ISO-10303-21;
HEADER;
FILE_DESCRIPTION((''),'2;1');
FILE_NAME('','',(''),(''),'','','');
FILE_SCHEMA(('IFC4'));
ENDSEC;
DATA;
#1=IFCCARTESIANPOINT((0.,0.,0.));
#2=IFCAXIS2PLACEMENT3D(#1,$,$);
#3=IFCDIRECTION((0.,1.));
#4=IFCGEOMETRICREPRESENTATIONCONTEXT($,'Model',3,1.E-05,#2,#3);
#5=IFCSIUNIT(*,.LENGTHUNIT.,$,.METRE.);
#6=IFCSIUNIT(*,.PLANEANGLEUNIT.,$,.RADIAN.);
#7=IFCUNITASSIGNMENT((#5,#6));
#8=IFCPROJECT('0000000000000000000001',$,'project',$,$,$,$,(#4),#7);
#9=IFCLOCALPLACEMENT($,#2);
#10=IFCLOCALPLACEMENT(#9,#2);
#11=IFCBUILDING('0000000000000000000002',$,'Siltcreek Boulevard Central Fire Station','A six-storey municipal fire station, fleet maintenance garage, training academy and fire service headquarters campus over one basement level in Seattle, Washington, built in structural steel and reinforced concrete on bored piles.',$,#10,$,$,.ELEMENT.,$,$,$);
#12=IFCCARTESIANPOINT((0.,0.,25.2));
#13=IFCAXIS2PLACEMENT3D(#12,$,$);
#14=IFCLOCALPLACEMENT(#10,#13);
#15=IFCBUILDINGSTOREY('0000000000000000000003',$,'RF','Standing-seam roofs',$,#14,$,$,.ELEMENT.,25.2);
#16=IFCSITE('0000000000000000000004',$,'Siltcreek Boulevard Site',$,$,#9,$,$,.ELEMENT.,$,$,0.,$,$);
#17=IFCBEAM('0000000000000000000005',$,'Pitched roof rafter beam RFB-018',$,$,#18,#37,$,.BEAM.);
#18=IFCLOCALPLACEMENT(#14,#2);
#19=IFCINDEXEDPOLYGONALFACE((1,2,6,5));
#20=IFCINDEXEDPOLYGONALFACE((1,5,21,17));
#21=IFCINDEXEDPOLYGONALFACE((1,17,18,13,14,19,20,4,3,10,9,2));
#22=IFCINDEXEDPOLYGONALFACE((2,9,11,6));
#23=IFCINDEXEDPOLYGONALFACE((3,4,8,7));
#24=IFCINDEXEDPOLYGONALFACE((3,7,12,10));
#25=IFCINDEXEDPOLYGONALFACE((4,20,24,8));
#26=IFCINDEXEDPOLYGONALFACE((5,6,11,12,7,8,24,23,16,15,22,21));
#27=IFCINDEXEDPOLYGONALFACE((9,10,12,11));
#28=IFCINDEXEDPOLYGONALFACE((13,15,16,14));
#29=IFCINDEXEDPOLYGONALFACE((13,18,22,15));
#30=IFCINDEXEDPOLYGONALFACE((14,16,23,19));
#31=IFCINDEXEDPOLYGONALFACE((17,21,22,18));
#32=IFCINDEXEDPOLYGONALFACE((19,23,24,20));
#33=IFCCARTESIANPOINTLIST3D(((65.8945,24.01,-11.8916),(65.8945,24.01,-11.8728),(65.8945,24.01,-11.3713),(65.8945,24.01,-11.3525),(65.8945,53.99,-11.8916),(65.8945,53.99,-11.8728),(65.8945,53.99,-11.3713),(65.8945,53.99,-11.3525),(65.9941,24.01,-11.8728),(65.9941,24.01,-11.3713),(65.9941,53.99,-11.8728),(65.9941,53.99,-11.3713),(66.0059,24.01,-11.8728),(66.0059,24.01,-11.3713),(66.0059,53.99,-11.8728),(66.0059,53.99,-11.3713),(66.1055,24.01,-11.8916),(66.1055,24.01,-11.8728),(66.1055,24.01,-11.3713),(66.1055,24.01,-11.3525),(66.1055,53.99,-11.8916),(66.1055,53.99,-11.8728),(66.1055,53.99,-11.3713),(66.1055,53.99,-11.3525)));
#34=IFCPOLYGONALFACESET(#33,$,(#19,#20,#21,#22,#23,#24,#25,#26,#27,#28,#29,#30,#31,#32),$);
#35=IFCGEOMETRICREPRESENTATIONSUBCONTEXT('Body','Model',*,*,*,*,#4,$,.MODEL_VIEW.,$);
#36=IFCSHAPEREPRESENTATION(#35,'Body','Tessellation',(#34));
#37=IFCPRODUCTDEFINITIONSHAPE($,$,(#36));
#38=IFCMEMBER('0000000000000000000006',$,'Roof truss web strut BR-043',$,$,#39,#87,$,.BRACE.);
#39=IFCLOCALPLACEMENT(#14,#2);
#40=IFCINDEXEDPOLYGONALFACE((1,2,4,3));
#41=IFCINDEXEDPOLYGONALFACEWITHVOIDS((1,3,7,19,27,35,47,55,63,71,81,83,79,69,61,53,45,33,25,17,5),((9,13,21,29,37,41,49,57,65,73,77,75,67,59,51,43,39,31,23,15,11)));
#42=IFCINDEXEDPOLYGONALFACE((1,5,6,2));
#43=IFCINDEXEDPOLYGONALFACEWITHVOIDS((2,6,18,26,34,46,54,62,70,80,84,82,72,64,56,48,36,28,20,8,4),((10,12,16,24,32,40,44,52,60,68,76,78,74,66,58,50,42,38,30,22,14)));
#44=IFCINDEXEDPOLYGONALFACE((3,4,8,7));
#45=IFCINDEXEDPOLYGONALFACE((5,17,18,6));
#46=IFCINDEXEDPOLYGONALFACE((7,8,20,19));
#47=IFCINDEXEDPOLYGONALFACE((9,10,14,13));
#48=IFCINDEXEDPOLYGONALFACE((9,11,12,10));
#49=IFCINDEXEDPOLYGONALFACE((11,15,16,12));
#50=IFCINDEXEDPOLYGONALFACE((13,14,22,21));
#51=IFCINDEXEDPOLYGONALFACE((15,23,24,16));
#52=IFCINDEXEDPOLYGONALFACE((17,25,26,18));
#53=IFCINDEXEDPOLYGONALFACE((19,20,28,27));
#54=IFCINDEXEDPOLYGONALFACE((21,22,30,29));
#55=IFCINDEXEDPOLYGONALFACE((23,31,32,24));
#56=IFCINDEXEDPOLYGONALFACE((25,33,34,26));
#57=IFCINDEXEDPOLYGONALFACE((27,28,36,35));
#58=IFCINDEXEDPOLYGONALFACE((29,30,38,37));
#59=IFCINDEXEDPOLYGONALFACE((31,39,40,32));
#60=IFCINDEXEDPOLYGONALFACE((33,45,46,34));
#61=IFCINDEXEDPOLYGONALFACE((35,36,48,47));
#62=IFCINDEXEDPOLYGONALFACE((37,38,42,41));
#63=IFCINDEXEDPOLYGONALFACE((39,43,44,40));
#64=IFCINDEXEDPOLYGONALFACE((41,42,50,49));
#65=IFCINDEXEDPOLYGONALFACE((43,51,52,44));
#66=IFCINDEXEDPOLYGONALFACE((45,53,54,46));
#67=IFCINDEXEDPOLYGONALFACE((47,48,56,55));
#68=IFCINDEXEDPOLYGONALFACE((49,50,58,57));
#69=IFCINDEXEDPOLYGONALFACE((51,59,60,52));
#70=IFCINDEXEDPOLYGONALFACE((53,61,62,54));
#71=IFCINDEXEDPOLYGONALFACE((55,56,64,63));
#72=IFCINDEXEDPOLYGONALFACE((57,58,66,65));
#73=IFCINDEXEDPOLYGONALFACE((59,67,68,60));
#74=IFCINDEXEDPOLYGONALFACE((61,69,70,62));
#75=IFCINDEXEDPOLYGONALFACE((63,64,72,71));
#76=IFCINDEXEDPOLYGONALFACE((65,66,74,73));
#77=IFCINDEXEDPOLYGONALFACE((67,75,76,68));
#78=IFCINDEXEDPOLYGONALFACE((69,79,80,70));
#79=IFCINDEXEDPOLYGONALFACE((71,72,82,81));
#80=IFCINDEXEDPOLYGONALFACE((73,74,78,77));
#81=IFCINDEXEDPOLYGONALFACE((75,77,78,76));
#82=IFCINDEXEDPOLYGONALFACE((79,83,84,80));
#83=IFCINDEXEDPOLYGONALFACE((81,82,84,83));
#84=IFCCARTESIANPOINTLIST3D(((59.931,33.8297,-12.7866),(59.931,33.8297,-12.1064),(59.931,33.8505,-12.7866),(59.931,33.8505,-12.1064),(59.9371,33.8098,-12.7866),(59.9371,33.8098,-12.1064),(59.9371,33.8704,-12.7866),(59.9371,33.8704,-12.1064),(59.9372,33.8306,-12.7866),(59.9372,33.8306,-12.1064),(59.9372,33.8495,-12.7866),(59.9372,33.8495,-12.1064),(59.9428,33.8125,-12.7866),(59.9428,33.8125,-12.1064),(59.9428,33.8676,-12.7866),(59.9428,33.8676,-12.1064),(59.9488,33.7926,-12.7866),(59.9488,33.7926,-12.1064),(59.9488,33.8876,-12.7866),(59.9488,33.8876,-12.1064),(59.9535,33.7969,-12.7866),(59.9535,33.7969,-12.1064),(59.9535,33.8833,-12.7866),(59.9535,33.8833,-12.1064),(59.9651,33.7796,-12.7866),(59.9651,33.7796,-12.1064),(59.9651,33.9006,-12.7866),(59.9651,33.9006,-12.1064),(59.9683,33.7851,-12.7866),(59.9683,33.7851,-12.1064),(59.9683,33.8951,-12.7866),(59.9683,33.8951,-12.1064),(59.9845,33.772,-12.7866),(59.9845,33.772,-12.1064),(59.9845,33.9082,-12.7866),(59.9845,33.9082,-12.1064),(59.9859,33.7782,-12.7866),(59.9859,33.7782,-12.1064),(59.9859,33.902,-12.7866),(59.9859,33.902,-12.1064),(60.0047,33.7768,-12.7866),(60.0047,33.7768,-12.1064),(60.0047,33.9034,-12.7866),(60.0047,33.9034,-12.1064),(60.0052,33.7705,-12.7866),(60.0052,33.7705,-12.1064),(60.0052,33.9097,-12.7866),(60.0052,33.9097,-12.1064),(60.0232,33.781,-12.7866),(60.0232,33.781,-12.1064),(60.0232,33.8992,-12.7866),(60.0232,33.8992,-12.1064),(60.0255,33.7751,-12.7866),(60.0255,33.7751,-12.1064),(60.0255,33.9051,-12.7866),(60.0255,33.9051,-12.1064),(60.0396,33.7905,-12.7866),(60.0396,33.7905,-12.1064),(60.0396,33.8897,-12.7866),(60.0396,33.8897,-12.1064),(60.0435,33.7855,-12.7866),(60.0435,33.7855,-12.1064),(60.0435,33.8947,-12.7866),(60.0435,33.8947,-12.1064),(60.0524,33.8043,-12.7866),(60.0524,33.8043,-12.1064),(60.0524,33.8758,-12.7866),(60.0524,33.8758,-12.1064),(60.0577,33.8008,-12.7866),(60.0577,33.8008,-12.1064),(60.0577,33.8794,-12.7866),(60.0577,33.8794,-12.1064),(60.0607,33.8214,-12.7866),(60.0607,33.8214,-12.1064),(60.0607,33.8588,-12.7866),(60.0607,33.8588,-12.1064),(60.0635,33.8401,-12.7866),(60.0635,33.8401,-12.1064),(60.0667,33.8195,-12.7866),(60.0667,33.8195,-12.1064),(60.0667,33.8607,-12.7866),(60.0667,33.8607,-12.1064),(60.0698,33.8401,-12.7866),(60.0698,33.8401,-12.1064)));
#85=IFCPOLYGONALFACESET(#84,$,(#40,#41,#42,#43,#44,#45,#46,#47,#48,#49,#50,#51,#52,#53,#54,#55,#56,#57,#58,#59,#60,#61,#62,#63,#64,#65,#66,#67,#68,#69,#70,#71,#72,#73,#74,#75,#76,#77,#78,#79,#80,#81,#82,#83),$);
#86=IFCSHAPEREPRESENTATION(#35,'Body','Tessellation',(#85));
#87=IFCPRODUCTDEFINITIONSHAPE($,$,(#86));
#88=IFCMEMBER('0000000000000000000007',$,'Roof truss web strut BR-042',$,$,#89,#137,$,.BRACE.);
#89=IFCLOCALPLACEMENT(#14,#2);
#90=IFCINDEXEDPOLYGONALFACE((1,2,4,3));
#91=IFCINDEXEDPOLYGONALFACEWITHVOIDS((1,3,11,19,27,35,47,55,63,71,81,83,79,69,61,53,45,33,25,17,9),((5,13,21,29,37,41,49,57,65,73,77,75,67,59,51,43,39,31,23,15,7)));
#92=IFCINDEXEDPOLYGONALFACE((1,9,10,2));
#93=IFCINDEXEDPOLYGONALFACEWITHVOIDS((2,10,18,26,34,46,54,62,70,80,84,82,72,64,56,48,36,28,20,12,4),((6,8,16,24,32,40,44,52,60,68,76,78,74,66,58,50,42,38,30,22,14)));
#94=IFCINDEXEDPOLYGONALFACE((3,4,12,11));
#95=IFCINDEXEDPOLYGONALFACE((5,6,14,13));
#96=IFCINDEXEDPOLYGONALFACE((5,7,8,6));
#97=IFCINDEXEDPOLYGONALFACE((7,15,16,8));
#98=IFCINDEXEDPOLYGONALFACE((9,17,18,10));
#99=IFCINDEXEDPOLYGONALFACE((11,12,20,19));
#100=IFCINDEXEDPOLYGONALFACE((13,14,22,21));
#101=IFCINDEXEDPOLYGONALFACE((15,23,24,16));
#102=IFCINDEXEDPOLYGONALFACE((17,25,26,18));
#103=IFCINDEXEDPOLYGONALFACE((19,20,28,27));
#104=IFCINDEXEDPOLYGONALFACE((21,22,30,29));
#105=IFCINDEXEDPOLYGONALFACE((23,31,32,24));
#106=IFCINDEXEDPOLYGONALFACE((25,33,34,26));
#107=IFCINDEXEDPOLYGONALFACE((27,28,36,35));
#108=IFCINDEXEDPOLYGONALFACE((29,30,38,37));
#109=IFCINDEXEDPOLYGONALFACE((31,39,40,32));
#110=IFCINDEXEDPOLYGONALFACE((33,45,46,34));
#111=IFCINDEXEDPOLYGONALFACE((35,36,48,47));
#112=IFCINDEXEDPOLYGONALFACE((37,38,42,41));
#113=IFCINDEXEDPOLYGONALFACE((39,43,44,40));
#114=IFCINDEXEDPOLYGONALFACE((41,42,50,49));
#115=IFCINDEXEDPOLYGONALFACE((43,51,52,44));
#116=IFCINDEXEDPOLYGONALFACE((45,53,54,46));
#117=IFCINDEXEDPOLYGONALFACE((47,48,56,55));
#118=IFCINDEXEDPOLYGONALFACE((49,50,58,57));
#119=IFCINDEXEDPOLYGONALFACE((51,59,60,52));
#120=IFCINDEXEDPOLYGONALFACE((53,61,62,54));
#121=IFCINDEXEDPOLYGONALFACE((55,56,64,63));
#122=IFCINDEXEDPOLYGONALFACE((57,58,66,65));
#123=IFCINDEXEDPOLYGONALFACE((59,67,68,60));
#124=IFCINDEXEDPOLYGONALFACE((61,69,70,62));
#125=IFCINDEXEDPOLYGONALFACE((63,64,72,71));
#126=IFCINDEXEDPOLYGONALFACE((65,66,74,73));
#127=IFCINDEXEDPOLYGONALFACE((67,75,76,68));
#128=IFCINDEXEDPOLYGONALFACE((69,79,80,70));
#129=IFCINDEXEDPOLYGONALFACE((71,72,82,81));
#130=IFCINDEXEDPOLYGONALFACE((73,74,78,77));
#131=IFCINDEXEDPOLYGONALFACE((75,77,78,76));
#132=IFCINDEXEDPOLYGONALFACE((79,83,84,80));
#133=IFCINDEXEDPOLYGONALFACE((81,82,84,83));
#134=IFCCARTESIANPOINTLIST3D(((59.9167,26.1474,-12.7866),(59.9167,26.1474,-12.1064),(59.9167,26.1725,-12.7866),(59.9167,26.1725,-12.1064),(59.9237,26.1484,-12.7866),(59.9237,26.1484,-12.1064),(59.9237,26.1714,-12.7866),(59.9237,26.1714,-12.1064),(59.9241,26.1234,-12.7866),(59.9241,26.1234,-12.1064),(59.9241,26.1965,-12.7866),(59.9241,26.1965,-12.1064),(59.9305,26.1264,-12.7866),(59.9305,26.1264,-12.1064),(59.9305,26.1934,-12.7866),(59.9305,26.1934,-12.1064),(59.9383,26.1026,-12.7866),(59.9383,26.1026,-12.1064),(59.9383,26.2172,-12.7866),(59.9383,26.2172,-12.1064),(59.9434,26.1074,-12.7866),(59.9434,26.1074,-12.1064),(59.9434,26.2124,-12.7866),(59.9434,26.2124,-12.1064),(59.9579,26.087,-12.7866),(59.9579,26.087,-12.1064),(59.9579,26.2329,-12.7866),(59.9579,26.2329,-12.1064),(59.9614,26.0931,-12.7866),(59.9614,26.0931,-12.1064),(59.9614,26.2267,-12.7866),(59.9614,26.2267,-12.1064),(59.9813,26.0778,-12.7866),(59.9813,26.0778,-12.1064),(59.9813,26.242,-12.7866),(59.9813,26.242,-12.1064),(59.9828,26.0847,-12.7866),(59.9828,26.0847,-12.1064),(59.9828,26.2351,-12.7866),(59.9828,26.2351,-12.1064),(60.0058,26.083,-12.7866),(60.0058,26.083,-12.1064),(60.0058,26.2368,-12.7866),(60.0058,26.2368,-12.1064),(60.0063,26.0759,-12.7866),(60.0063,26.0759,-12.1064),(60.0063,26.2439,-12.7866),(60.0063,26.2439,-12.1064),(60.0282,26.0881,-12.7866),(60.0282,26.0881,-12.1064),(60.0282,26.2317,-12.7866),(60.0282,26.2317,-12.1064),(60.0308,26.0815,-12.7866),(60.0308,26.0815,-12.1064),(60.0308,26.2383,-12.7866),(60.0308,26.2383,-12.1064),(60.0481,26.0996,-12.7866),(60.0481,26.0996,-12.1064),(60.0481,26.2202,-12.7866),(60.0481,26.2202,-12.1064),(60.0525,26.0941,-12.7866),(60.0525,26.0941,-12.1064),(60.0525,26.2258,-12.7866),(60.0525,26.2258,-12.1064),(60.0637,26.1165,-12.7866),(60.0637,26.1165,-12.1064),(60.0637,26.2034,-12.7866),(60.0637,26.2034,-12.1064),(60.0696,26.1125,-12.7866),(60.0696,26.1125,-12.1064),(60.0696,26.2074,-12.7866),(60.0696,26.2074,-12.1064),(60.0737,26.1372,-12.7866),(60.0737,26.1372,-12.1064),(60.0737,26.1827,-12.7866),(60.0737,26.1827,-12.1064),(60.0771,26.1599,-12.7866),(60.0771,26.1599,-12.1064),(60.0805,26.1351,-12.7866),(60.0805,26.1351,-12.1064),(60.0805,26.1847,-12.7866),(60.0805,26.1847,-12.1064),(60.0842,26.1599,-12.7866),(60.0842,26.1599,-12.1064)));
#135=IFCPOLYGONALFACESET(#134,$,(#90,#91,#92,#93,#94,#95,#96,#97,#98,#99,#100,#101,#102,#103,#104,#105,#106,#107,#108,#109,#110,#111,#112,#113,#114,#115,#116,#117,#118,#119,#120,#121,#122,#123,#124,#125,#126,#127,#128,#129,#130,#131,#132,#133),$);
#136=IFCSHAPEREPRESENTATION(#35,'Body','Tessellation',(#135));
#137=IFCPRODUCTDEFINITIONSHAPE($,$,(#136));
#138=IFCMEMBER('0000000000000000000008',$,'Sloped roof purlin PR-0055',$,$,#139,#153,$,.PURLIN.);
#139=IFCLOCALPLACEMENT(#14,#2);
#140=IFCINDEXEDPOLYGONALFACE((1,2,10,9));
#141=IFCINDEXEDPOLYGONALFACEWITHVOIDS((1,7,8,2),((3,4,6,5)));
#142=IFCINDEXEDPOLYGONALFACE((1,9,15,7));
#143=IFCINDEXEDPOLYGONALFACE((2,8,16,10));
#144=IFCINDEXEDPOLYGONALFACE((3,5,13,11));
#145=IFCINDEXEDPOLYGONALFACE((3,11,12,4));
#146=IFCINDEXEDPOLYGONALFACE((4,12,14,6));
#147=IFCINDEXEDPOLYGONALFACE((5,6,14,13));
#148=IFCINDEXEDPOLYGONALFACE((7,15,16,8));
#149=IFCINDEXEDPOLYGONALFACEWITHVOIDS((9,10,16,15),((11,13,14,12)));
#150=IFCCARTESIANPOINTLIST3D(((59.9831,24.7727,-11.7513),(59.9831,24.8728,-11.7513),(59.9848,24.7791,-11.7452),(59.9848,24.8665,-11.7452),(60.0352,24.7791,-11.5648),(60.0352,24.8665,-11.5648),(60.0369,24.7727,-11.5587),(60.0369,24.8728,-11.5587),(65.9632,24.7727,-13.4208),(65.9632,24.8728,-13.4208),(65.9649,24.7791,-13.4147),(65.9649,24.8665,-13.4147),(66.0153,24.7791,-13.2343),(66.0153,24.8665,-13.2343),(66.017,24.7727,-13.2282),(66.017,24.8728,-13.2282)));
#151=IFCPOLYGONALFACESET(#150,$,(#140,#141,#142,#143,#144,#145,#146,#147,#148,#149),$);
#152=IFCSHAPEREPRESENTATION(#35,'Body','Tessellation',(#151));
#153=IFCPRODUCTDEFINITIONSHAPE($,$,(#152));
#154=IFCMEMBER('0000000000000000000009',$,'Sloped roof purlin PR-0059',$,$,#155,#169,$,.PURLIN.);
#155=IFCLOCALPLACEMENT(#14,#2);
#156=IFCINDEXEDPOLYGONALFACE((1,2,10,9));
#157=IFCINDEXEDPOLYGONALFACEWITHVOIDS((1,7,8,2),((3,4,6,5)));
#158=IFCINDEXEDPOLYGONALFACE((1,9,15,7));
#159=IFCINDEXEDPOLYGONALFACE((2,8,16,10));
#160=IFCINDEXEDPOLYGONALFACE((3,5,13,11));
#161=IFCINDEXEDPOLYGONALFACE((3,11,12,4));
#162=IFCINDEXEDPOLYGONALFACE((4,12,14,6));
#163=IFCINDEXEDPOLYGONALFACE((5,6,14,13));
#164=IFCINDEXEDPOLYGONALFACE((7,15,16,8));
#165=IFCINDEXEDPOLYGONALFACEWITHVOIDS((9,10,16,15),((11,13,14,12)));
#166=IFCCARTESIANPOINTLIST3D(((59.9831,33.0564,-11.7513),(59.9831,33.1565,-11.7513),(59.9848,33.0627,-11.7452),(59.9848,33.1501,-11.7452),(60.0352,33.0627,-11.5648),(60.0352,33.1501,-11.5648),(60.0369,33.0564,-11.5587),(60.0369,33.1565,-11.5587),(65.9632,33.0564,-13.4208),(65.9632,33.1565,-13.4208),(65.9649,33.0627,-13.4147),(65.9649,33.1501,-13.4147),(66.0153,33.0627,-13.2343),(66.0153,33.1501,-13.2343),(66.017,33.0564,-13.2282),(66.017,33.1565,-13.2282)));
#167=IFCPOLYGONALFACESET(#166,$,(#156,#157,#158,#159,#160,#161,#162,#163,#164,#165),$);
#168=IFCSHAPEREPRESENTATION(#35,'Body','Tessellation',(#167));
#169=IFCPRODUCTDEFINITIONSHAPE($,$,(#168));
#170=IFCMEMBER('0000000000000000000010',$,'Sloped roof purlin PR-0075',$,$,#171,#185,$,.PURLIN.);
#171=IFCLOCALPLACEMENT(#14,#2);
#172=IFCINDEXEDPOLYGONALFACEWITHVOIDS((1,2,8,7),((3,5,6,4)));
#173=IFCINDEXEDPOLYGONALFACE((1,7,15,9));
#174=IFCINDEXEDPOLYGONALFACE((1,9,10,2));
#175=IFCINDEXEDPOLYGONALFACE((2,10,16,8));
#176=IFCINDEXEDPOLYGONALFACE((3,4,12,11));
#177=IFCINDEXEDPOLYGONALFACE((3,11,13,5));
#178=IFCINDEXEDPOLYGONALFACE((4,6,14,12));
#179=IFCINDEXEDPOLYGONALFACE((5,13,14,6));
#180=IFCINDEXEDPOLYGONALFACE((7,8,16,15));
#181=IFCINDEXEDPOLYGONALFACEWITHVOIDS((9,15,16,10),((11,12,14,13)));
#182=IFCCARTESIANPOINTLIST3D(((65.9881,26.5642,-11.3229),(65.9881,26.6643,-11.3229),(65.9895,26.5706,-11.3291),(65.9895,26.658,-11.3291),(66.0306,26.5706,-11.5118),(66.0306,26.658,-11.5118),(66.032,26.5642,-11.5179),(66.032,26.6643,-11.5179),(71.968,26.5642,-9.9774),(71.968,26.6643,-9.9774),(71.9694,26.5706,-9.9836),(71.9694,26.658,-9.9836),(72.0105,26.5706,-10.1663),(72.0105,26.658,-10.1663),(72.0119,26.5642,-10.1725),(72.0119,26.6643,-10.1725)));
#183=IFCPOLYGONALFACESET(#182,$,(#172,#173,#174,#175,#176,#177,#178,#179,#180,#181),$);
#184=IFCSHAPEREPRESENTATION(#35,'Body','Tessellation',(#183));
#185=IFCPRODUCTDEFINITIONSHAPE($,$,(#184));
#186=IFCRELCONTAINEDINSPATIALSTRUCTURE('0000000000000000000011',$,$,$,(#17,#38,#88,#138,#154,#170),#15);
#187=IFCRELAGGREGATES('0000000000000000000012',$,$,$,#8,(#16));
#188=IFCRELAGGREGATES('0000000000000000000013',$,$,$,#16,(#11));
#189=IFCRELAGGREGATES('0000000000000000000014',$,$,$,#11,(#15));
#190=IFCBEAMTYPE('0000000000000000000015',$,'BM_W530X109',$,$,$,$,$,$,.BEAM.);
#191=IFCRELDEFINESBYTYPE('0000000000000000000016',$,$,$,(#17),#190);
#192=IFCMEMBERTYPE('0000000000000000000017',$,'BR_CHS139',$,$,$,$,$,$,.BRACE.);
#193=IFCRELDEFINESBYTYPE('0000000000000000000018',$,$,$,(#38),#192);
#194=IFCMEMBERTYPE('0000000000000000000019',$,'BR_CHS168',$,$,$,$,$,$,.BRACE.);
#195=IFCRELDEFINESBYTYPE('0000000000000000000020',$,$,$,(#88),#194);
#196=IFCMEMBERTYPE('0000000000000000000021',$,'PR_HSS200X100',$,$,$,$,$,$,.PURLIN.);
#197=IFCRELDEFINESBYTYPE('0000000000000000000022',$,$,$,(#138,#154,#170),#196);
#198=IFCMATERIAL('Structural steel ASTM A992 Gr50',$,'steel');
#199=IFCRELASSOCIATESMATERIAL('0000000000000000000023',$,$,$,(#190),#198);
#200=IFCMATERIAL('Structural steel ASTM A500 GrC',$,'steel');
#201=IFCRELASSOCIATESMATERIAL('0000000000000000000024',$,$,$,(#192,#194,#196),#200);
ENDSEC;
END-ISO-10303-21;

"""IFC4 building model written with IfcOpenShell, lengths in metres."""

from ifc_helpers import new_model, si_unit, direction, frame, origin, origin_2d, place, context, subcontext, project, spatial, hollow_rectangle, hollow_circle, i_section, extrude, material, material_profile, profile_set, type_object, element, save


model = new_model("IFC4")

# Units and contexts
model_context = context("Model", 3, precision=1e-05, world=origin(), true_north=direction((0.0, 1.0)))
body_context = subcontext(model_context, "Body", "Model", "MODEL_VIEW")
ifc_project = project(units=[si_unit("LENGTHUNIT", "METRE"), si_unit("PLANEANGLEUNIT", "RADIAN")], contexts=[model_context])

# Site, building, storey
site_placement = place(None, origin())
site = spatial("IfcSite", under=ifc_project, at=site_placement, Name="Siltcreek Boulevard Site", CompositionType="ELEMENT", RefElevation=0.0)
building_placement = place(site_placement, origin())
building = spatial("IfcBuilding", under=site, at=building_placement, Name="Siltcreek Boulevard Central Fire Station", Description="A six-storey municipal fire station, fleet maintenance garage, training academy and fire service headquarters campus over one basement level in Seattle, Washington, built in structural steel and reinforced concrete on bored piles.", CompositionType="ELEMENT")
storey_placement = place(building_placement, frame((0.0, 0.0, 25.2)))
storey = spatial("IfcBuildingStorey", under=building, at=storey_placement, Name="RF", Description="Standing-seam roofs", CompositionType="ELEMENT", Elevation=25.2)

# Beam
ifc_material_1 = material(Name="Structural steel ASTM A992 Gr50", Category="steel")
ifc_material_profile_1 = material_profile(ifc_material_1, i_section(OverallWidth=0.2109, OverallDepth=0.5391, WebThickness=0.0117, FlangeThickness=0.0188, at=origin_2d()), Name="W530X109")
ifc_profile_set_1 = profile_set([ifc_material_profile_1], Name="Structural steel ASTM A992 Gr50")
beam_type = type_object("IfcBeamType", Name="BM_W530X109", PredefinedType="BEAM", material=ifc_profile_set_1)
beam_placement = place(storey_placement, frame((66.0, 24.01, -11.6221), z_axis=(0.0, 1.0, 0.0), x_axis=(-1.0, 0.0, 0.0)))
element("IfcBeam", 1, at=beam_placement, inside=storey, type_object=beam_type, Name="Pitched roof rafter beam RFB-018", PredefinedType="BEAM", context=body_context, shape_type="SweptSolid", body=[
    extrude(i_section(OverallWidth=0.2109, OverallDepth=0.5391, WebThickness=0.0117, FlangeThickness=0.0188, at=origin_2d()), origin(), (0.0, 0.0, 1.0), 29.98),
])

# Members
ifc_material_2 = material(Name="Structural steel ASTM A500 GrC", Category="steel")
ifc_material_profile_2 = material_profile(ifc_material_2, hollow_circle(Radius=0.0698, WallThickness=0.0063, at=origin_2d()), Name="HSS139.7X6.4")
ifc_profile_set_2 = profile_set([ifc_material_profile_2], Name="Structural steel ASTM A500 GrC")
member_type_1 = type_object("IfcMemberType", Name="BR_CHS139", PredefinedType="BRACE", material=ifc_profile_set_2)
member_1_placement = place(storey_placement, frame((60.0, 33.8401, -12.7866), z_axis=(0.0, 0.0, 1.0), x_axis=(1.0, 0.0, 0.0)))
element("IfcMember", 2, at=member_1_placement, inside=storey, type_object=member_type_1, Name="Roof truss web strut BR-043", PredefinedType="BRACE", context=body_context, shape_type="SweptSolid", body=[
    extrude(hollow_circle(Radius=0.0698, WallThickness=0.0063, at=origin_2d()), origin(), (0.0, 0.0, 1.0), 0.6802),
])
ifc_material_profile_3 = material_profile(ifc_material_2, hollow_circle(Radius=0.0842, WallThickness=0.0071, at=origin_2d()), Name="HSS168.3X7.1")
ifc_profile_set_3 = profile_set([ifc_material_profile_3], Name="Structural steel ASTM A500 GrC")
member_type_2 = type_object("IfcMemberType", Name="BR_CHS168", PredefinedType="BRACE", material=ifc_profile_set_3)
member_2_placement = place(storey_placement, frame((60.0, 26.1599, -12.7866), z_axis=(0.0, 0.0, 1.0), x_axis=(1.0, 0.0, 0.0)))
element("IfcMember", 3, at=member_2_placement, inside=storey, type_object=member_type_2, Name="Roof truss web strut BR-042", PredefinedType="BRACE", context=body_context, shape_type="SweptSolid", body=[
    extrude(hollow_circle(Radius=0.0842, WallThickness=0.0071, at=origin_2d()), origin(), (0.0, 0.0, 1.0), 0.6802),
])
ifc_material_profile_4 = material_profile(ifc_material_2, hollow_rectangle(XDim=0.1001, YDim=0.2, WallThickness=0.0063, at=origin_2d()), Name="HSS200X100X6.4")
ifc_profile_set_4 = profile_set([ifc_material_profile_4], Name="Structural steel ASTM A500 GrC")
member_type_3 = type_object("IfcMemberType", Name="PR_HSS200X100", PredefinedType="PURLIN", material=ifc_profile_set_4)
for number, where, z_axis, x_axis, name in (
    (4, (60.01, 24.8228, -11.655), (0.963171, 0.0, -0.268889), (0.0, 1.0, 0.0), "Sloped roof purlin PR-0055"),
    (5, (60.01, 33.1064, -11.655), (0.963171, 0.0, -0.268889), (0.0, 1.0, 0.0), "Sloped roof purlin PR-0059"),
):
    element("IfcMember", number, at=place(storey_placement, frame(where, z_axis=z_axis, x_axis=x_axis)), inside=storey, type_object=member_type_3, Name=name, PredefinedType="PURLIN", context=body_context, shape_type="SweptSolid", body=[
        extrude(hollow_rectangle(XDim=0.1001, YDim=0.2, WallThickness=0.0063, at=origin_2d()), origin(), (0.0, 0.0, 1.0), 6.2087),
    ])
member_3_placement = place(storey_placement, frame((66.01, 26.6143, -11.4204), z_axis=(0.975611, 0.0, 0.219507), x_axis=(0.0, 1.0, 0.0)))
element("IfcMember", 6, at=member_3_placement, inside=storey, type_object=member_type_3, Name="Sloped roof purlin PR-0075", PredefinedType="PURLIN", context=body_context, shape_type="SweptSolid", body=[
    extrude(hollow_rectangle(XDim=0.1001, YDim=0.2, WallThickness=0.0063, at=origin_2d()), origin(), (0.0, 0.0, 1.0), 6.1294),
])

save(model, "model.ifc")
